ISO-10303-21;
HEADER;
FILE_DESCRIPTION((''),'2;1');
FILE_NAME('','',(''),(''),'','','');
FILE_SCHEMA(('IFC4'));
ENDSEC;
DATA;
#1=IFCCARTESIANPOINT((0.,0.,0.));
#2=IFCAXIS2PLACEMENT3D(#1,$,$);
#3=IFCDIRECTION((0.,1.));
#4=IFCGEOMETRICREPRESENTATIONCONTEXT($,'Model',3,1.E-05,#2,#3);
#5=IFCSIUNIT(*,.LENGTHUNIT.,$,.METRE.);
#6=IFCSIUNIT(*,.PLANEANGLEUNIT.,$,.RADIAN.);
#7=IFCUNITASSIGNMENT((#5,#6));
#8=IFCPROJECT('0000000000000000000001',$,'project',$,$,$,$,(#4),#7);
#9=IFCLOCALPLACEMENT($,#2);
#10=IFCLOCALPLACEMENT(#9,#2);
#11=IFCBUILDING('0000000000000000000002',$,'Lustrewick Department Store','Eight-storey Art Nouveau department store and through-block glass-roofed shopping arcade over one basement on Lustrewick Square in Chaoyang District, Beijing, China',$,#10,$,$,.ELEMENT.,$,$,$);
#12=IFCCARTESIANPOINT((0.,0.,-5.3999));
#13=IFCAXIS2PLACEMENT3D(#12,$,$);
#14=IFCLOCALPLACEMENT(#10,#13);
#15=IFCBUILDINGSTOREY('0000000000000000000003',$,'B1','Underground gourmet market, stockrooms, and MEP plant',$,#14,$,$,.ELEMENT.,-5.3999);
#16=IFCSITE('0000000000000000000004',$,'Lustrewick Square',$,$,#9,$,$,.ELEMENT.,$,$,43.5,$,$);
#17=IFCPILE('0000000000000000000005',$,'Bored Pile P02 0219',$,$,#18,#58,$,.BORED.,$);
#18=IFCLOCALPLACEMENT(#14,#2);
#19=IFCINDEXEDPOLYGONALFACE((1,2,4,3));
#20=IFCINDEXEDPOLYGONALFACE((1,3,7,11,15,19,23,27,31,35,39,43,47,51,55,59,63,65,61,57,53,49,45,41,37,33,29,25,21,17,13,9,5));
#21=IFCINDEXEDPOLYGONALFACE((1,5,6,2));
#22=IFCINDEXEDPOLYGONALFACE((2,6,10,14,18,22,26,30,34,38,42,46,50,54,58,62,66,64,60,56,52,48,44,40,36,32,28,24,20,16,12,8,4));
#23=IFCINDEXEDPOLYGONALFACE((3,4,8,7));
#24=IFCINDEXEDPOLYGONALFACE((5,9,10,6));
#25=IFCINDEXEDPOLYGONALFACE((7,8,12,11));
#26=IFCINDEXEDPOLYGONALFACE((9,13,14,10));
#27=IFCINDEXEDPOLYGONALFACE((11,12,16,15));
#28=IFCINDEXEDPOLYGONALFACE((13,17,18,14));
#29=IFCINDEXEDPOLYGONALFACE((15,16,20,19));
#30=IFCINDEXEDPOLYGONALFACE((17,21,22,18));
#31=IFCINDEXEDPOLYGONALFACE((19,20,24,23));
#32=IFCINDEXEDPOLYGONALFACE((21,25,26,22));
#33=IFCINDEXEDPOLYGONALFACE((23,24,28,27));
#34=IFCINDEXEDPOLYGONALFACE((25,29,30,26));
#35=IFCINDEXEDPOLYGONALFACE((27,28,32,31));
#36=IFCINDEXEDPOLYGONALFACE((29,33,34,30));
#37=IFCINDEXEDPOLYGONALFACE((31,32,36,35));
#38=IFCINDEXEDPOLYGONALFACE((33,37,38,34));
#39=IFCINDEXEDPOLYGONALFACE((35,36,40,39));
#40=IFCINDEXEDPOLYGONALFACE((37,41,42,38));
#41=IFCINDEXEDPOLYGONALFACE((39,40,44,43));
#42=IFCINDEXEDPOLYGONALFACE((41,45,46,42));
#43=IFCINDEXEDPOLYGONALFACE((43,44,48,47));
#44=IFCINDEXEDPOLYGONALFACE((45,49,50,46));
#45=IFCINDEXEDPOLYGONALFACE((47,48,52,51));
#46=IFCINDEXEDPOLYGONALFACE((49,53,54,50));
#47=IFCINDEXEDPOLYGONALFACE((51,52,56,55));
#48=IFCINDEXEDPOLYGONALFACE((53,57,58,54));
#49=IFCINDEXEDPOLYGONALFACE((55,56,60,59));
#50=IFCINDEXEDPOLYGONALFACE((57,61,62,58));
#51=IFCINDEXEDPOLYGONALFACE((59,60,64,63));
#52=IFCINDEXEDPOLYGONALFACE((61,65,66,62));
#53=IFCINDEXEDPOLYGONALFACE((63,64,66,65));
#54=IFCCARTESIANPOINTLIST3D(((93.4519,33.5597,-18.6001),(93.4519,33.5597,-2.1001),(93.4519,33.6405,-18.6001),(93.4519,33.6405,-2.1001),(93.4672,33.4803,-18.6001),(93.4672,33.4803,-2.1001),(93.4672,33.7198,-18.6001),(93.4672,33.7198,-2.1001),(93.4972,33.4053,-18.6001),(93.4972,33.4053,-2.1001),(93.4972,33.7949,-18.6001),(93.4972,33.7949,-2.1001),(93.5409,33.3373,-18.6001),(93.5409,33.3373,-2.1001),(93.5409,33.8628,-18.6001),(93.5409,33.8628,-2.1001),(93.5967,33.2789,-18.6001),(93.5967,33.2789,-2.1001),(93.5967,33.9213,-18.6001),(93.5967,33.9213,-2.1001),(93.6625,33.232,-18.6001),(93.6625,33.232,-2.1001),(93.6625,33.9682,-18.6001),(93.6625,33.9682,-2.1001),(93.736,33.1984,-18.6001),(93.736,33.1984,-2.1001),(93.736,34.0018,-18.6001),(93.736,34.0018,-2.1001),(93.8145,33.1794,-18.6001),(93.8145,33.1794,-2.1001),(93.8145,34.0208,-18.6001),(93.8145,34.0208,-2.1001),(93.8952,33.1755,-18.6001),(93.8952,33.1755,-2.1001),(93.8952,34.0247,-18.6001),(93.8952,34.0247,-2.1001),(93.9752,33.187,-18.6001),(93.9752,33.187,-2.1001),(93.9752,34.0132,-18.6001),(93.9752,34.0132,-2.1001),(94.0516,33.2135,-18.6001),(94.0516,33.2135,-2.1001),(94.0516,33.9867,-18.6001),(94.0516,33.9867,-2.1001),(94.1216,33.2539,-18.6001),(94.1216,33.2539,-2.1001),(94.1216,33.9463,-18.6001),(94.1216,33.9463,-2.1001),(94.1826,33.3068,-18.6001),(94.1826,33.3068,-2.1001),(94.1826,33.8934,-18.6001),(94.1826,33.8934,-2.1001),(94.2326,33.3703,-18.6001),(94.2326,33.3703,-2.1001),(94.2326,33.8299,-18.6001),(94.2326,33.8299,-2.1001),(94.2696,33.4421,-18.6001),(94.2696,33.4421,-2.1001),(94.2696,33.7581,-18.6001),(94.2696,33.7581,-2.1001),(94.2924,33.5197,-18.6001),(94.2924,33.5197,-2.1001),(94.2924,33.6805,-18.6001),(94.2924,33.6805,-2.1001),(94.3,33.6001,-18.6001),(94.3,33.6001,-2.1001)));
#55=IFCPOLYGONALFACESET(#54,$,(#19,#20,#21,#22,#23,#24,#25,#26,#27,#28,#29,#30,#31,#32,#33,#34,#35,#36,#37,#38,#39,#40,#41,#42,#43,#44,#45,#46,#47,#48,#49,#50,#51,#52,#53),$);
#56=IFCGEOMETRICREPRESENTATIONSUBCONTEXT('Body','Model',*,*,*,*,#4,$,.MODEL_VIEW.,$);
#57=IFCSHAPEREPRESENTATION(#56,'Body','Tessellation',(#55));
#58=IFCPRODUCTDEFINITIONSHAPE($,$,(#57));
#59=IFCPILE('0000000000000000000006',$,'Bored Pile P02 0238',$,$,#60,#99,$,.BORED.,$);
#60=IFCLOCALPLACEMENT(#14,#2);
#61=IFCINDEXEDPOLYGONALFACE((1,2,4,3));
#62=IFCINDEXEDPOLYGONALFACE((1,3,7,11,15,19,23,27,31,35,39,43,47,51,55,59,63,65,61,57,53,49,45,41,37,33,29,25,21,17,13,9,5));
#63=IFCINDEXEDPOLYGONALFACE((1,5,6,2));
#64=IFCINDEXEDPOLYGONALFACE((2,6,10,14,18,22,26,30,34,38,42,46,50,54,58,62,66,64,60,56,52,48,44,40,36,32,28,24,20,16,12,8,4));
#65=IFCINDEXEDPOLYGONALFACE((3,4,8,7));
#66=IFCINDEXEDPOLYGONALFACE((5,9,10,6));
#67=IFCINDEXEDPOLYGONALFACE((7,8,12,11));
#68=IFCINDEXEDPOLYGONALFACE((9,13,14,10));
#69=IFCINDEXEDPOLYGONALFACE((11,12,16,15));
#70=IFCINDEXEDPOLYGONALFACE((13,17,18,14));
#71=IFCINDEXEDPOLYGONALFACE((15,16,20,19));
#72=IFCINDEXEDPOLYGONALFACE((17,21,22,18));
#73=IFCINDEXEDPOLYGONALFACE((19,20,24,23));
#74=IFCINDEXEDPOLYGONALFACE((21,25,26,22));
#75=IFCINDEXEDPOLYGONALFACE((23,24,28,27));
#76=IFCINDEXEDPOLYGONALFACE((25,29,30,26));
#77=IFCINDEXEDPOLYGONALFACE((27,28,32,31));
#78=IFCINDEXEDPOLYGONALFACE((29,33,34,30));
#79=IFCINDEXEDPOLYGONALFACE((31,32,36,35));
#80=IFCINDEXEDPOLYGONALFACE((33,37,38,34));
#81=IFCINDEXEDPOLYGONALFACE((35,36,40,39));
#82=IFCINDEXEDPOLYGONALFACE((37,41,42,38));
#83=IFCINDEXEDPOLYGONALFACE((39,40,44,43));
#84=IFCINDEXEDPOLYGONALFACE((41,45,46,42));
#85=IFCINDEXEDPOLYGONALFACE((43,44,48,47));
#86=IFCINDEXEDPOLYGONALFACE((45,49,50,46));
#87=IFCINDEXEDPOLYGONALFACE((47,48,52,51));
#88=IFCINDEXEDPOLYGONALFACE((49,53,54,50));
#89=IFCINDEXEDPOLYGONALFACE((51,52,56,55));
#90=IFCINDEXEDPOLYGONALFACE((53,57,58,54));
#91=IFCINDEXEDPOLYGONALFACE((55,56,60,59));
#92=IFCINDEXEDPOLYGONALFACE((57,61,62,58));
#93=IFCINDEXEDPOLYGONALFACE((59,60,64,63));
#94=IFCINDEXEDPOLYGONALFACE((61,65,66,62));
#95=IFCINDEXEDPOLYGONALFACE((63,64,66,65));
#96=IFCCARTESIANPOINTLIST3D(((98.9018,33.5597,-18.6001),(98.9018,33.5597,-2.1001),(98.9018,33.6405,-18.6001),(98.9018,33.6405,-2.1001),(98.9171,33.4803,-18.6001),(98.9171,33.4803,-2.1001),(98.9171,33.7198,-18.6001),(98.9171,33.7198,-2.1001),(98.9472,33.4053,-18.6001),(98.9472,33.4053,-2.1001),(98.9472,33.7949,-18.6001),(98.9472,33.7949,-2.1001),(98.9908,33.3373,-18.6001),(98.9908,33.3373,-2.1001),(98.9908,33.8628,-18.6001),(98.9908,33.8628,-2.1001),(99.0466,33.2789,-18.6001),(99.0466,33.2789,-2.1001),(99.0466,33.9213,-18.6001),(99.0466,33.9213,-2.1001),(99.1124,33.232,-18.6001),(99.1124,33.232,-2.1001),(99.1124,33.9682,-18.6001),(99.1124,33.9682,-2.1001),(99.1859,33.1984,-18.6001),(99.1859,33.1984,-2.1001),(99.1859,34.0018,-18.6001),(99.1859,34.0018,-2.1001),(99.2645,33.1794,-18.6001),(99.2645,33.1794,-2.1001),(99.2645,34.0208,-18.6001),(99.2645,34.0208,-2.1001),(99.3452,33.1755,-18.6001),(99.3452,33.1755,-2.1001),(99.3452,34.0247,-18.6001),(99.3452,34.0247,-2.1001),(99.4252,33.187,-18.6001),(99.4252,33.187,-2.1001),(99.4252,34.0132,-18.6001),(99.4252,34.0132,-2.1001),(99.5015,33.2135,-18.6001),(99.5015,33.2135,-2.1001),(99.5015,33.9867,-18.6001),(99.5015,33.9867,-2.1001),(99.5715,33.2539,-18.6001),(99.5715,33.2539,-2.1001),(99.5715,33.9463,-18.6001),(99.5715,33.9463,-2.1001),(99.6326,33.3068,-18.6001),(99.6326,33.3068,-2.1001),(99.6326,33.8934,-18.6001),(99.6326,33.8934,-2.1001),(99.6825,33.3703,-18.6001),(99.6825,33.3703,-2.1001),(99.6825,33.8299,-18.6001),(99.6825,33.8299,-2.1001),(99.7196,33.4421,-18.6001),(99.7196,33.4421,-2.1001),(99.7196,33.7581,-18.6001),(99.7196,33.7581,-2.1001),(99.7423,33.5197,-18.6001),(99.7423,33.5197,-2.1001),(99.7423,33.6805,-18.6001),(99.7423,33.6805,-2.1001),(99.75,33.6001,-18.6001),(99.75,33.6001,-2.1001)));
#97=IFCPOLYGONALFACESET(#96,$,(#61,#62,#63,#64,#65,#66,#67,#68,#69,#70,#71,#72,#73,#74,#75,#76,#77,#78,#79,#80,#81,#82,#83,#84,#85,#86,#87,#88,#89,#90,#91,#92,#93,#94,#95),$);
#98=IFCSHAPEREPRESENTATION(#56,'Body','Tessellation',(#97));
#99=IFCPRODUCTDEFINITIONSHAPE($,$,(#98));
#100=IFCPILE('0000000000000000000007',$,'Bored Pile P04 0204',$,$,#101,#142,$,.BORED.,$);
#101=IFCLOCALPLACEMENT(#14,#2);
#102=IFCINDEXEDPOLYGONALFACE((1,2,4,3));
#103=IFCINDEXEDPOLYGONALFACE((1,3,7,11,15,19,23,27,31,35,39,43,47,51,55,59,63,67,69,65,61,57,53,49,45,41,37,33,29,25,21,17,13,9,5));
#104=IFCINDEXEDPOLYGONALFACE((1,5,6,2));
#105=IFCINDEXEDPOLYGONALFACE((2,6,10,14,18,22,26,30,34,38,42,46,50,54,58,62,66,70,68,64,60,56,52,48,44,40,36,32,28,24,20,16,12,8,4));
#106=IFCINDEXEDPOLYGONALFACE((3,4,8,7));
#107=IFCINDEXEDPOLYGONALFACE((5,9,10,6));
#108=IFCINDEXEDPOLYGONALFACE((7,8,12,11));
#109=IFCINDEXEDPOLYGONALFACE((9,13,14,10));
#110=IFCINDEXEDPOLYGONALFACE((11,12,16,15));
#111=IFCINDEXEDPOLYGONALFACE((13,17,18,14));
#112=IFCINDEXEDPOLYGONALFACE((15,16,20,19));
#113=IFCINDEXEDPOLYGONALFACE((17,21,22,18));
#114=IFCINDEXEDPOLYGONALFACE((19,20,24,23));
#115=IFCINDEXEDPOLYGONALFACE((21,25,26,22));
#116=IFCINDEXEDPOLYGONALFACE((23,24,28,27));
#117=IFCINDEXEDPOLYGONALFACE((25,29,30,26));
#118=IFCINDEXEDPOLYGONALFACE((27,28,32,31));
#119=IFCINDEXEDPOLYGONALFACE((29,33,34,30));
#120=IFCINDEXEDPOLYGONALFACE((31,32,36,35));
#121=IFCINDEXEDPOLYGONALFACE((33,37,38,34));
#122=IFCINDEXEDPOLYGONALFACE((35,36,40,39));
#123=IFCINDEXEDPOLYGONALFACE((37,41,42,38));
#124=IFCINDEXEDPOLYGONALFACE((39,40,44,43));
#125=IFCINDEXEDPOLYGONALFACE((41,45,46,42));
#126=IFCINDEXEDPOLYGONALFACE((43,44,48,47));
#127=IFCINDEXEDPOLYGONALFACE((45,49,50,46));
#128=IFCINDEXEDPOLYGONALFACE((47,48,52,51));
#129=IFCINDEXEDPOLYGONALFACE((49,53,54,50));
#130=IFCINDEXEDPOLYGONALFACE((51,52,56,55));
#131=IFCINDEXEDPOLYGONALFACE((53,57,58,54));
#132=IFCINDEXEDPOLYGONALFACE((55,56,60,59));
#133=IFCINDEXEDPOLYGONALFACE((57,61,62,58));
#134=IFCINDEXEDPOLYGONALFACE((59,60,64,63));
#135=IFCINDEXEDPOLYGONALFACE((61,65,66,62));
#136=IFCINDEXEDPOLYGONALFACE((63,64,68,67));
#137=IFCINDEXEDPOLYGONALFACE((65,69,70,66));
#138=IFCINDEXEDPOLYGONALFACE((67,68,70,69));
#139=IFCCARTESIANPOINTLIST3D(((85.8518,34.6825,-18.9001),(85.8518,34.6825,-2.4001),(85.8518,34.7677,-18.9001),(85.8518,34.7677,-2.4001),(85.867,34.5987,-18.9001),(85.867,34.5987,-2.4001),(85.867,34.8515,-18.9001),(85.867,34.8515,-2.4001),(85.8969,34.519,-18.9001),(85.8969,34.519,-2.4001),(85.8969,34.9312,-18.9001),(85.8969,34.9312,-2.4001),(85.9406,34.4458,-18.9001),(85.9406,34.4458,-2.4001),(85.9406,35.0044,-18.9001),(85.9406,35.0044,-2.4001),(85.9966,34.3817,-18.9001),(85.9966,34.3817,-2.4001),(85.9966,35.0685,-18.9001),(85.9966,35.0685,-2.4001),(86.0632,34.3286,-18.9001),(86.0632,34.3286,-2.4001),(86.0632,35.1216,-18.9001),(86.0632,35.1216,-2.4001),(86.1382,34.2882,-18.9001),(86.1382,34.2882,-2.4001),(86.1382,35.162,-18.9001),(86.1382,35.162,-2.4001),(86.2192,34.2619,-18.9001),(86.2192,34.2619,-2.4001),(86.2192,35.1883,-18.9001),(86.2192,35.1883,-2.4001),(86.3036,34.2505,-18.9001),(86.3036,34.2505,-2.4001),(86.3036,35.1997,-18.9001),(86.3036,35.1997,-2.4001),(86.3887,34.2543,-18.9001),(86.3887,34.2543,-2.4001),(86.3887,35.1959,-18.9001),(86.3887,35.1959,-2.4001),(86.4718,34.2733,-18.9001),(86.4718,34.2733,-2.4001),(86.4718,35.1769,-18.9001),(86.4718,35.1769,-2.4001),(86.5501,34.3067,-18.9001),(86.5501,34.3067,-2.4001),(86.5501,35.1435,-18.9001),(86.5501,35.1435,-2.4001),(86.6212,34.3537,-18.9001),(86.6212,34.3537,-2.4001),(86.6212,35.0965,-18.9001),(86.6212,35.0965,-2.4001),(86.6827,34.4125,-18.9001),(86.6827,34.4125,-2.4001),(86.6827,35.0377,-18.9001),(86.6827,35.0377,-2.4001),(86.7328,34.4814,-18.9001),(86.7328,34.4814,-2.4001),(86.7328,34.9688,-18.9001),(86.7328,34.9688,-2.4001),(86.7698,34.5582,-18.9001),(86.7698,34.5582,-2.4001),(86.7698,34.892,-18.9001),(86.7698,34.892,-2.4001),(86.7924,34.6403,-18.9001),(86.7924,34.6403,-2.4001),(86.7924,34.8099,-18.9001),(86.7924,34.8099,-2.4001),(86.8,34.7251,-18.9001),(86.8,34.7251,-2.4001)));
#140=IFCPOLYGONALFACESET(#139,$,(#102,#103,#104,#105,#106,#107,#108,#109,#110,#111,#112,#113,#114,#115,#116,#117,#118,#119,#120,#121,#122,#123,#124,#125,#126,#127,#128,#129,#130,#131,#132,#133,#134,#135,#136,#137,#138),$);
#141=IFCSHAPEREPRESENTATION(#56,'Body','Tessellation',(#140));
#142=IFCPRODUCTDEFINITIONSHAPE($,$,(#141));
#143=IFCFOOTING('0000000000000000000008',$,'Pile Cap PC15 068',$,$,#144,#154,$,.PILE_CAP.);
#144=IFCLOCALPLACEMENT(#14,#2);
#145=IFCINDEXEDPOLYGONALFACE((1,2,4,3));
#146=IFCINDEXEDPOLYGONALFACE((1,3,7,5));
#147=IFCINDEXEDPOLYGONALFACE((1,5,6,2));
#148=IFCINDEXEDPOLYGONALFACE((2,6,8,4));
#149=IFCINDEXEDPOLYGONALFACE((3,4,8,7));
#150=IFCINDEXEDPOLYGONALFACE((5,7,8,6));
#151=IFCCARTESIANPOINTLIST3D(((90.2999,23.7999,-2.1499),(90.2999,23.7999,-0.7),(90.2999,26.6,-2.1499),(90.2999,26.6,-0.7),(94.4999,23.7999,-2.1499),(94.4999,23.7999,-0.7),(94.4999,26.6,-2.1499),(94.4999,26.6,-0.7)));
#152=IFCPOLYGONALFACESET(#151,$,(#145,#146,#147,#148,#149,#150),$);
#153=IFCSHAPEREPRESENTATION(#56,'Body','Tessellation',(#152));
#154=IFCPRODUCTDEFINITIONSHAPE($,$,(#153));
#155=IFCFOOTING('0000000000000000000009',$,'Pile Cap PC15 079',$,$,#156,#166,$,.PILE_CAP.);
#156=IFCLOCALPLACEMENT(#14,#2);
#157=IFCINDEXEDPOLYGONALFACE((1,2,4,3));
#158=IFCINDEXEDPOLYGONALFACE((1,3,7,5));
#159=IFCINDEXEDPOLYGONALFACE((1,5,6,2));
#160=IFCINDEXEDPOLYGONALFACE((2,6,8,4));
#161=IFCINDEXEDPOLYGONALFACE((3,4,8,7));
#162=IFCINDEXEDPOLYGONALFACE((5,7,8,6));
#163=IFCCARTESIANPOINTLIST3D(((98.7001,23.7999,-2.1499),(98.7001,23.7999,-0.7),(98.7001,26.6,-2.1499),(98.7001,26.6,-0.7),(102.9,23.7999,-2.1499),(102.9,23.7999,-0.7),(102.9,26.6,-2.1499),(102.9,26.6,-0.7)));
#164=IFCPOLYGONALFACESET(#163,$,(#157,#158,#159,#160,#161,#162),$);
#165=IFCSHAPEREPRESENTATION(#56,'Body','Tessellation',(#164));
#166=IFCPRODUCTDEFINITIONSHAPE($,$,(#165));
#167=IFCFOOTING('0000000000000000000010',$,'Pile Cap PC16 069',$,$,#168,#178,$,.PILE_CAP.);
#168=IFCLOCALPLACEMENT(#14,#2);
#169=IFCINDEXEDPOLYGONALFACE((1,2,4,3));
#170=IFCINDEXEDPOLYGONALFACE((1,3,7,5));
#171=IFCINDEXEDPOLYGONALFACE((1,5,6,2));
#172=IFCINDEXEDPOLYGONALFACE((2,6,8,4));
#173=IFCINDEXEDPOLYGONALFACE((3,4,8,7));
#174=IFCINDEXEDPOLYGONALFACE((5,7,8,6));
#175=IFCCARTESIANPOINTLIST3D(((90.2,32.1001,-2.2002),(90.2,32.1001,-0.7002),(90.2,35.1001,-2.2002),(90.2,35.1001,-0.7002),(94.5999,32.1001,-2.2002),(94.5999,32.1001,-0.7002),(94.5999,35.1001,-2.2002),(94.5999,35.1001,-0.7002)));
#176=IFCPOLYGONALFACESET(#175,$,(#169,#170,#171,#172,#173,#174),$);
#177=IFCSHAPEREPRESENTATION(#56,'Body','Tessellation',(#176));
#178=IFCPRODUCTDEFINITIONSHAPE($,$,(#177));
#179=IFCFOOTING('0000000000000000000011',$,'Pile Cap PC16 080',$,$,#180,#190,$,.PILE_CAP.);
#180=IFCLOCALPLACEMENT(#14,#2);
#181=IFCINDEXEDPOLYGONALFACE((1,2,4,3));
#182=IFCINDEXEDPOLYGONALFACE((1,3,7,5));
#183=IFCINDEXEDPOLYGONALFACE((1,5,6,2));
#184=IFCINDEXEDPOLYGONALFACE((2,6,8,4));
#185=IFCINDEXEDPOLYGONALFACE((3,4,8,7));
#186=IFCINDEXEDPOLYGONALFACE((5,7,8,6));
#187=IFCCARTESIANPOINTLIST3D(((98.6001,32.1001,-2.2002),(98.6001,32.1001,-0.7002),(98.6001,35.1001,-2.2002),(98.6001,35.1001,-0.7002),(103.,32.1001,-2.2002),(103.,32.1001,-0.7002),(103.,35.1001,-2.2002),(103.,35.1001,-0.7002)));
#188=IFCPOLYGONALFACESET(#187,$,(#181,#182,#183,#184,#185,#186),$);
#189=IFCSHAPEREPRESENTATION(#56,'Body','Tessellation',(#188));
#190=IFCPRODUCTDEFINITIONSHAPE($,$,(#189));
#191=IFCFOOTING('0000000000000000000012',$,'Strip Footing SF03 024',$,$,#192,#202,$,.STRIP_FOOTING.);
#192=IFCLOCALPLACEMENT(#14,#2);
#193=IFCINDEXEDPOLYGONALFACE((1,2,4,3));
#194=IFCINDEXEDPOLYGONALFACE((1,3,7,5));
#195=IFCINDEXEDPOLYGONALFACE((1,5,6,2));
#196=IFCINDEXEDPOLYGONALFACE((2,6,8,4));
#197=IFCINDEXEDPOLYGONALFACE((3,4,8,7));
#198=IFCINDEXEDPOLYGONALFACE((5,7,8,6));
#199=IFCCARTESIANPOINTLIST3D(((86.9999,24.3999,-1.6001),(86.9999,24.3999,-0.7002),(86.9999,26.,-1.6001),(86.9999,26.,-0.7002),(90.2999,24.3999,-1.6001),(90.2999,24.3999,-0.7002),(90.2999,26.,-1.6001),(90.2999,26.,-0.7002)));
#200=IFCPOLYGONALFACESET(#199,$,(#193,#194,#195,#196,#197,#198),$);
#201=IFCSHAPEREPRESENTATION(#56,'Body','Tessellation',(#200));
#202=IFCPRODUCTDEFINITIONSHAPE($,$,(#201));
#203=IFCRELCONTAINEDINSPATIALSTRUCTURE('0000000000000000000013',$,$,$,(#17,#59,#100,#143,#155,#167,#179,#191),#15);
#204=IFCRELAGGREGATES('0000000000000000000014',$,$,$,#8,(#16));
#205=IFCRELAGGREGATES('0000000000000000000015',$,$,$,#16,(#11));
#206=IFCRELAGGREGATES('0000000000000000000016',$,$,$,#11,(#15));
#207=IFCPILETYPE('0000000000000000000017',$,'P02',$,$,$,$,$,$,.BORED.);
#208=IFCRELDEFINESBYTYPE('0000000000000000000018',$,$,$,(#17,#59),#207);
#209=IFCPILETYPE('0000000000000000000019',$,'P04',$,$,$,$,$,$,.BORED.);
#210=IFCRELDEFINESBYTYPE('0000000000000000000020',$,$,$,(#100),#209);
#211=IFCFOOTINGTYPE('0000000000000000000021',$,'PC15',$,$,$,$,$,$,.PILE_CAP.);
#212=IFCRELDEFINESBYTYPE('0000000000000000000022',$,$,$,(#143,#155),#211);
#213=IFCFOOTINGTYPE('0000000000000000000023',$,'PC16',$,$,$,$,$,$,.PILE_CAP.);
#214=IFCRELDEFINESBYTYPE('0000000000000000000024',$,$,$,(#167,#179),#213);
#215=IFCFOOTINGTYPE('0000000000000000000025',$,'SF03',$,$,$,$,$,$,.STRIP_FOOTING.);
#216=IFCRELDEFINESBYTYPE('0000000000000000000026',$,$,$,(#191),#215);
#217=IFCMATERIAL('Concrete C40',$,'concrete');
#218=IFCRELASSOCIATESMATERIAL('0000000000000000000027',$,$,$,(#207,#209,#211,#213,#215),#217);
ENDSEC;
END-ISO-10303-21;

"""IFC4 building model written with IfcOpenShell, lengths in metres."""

from ifc_helpers import new_model, si_unit, direction, frame, origin, origin_2d, place, context, subcontext, project, spatial, rectangle, circle, extrude, material, material_profile, profile_set, type_object, element, save


model = new_model("IFC4")

# Units and contexts
model_context = context("Model", 3, precision=1e-05, world=origin(), true_north=direction((0.0, 1.0)))
body_context = subcontext(model_context, "Body", "Model", "MODEL_VIEW")
ifc_project = project(units=[si_unit("LENGTHUNIT", "METRE"), si_unit("PLANEANGLEUNIT", "RADIAN")], contexts=[model_context])

# Site, building, storey
site_placement = place(None, origin())
site = spatial("IfcSite", under=ifc_project, at=site_placement, Name="Lustrewick Square", CompositionType="ELEMENT", RefElevation=43.5)
building_placement = place(site_placement, origin())
building = spatial("IfcBuilding", under=site, at=building_placement, Name="Lustrewick Department Store", Description="Eight-storey Art Nouveau department store and through-block glass-roofed shopping arcade over one basement on Lustrewick Square in Chaoyang District, Beijing, China", CompositionType="ELEMENT")
storey_placement = place(building_placement, frame((0.0, 0.0, -5.3999)))
storey = spatial("IfcBuildingStorey", under=building, at=storey_placement, Name="B1", Description="Underground gourmet market, stockrooms, and MEP plant", CompositionType="ELEMENT", Elevation=-5.3999)

# Piles
ifc_material_1 = material(Name="Concrete C40", Category="concrete")
ifc_material_profile_1 = material_profile(ifc_material_1, circle(Radius=0.425, at=origin_2d()), Name="PILE D850")
ifc_profile_set_1 = profile_set([ifc_material_profile_1], Name="Concrete C40")
pile_type_1 = type_object("IfcPileType", Name="P02", PredefinedType="BORED", material=ifc_profile_set_1)
for number, where, z_axis, x_axis, name in (
    (1, (93.875, 33.6001, -2.1001), (0.0, 0.0, -1.0), (1.0, 0.0, 0.0), "Bored Pile P02 0219"),
    (2, (99.325, 33.6001, -2.1001), (0.0, 0.0, -1.0), (1.0, 0.0, 0.0), "Bored Pile P02 0238"),
):
    element("IfcPile", number, at=place(storey_placement, frame(where, z_axis=z_axis, x_axis=x_axis)), inside=storey, type_object=pile_type_1, Name=name, PredefinedType="BORED", context=body_context, shape_type="SweptSolid", body=[
        extrude(circle(Radius=0.425, at=origin_2d()), origin(), (0.0, 0.0, 1.0), 16.5),
    ])
ifc_material_profile_2 = material_profile(ifc_material_1, circle(Radius=0.4751, at=origin_2d()), Name="PILE D950")
ifc_profile_set_2 = profile_set([ifc_material_profile_2], Name="Concrete C40")
pile_type_2 = type_object("IfcPileType", Name="P04", PredefinedType="BORED", material=ifc_profile_set_2)
pile_placement = place(storey_placement, frame((86.325, 34.7251, -2.4001), z_axis=(0.0, 0.0, -1.0), x_axis=(1.0, 0.0, 0.0)))
element("IfcPile", 3, at=pile_placement, inside=storey, type_object=pile_type_2, Name="Bored Pile P04 0204", PredefinedType="BORED", context=body_context, shape_type="SweptSolid", body=[
    extrude(circle(Radius=0.4751, at=origin_2d()), origin(), (0.0, 0.0, 1.0), 16.5),
])

# Footings
footing_type_1 = type_object("IfcFootingType", Name="PC15", PredefinedType="PILE_CAP", material=ifc_material_1)
for number, where, z_axis, x_axis, name in (
    (4, (92.3999, 25.2, -2.1499), (0.0, 0.0, 1.0), (1.0, 0.0, 0.0), "Pile Cap PC15 068"),
    (5, (100.8, 25.2, -2.1499), (0.0, 0.0, 1.0), (1.0, 0.0, 0.0), "Pile Cap PC15 079"),
):
    element("IfcFooting", number, at=place(storey_placement, frame(where, z_axis=z_axis, x_axis=x_axis)), inside=storey, type_object=footing_type_1, Name=name, PredefinedType="PILE_CAP", context=body_context, shape_type="SweptSolid", body=[
        extrude(rectangle(XDim=4.2, YDim=2.8, at=origin_2d()), origin(), (0.0, 0.0, 1.0), 1.45),
    ])
footing_type_2 = type_object("IfcFootingType", Name="PC16", PredefinedType="PILE_CAP", material=ifc_material_1)
for number, where, z_axis, x_axis, name in (
    (6, (92.3999, 33.6001, -2.2002), (0.0, 0.0, 1.0), (1.0, 0.0, 0.0), "Pile Cap PC16 069"),
    (7, (100.8, 33.6001, -2.2002), (0.0, 0.0, 1.0), (1.0, 0.0, 0.0), "Pile Cap PC16 080"),
):
    element("IfcFooting", number, at=place(storey_placement, frame(where, z_axis=z_axis, x_axis=x_axis)), inside=storey, type_object=footing_type_2, Name=name, PredefinedType="PILE_CAP", context=body_context, shape_type="SweptSolid", body=[
        extrude(rectangle(XDim=4.3999, YDim=3.0, at=origin_2d()), origin(), (0.0, 0.0, 1.0), 1.5),
    ])
footing_type_3 = type_object("IfcFootingType", Name="SF03", PredefinedType="STRIP_FOOTING", material=ifc_material_1)
footing_1_placement = place(storey_placement, frame((88.6499, 25.2, -1.6001), z_axis=(0.0, 0.0, 1.0), x_axis=(1.0, 0.0, 0.0)))
element("IfcFooting", 8, at=footing_1_placement, inside=storey, type_object=footing_type_3, Name="Strip Footing SF03 024", PredefinedType="STRIP_FOOTING", context=body_context, shape_type="SweptSolid", body=[
    extrude(rectangle(XDim=3.3, YDim=1.6001, at=origin_2d()), origin(), (0.0, 0.0, 1.0), 0.8999),
])

save(model, "model.ifc")
